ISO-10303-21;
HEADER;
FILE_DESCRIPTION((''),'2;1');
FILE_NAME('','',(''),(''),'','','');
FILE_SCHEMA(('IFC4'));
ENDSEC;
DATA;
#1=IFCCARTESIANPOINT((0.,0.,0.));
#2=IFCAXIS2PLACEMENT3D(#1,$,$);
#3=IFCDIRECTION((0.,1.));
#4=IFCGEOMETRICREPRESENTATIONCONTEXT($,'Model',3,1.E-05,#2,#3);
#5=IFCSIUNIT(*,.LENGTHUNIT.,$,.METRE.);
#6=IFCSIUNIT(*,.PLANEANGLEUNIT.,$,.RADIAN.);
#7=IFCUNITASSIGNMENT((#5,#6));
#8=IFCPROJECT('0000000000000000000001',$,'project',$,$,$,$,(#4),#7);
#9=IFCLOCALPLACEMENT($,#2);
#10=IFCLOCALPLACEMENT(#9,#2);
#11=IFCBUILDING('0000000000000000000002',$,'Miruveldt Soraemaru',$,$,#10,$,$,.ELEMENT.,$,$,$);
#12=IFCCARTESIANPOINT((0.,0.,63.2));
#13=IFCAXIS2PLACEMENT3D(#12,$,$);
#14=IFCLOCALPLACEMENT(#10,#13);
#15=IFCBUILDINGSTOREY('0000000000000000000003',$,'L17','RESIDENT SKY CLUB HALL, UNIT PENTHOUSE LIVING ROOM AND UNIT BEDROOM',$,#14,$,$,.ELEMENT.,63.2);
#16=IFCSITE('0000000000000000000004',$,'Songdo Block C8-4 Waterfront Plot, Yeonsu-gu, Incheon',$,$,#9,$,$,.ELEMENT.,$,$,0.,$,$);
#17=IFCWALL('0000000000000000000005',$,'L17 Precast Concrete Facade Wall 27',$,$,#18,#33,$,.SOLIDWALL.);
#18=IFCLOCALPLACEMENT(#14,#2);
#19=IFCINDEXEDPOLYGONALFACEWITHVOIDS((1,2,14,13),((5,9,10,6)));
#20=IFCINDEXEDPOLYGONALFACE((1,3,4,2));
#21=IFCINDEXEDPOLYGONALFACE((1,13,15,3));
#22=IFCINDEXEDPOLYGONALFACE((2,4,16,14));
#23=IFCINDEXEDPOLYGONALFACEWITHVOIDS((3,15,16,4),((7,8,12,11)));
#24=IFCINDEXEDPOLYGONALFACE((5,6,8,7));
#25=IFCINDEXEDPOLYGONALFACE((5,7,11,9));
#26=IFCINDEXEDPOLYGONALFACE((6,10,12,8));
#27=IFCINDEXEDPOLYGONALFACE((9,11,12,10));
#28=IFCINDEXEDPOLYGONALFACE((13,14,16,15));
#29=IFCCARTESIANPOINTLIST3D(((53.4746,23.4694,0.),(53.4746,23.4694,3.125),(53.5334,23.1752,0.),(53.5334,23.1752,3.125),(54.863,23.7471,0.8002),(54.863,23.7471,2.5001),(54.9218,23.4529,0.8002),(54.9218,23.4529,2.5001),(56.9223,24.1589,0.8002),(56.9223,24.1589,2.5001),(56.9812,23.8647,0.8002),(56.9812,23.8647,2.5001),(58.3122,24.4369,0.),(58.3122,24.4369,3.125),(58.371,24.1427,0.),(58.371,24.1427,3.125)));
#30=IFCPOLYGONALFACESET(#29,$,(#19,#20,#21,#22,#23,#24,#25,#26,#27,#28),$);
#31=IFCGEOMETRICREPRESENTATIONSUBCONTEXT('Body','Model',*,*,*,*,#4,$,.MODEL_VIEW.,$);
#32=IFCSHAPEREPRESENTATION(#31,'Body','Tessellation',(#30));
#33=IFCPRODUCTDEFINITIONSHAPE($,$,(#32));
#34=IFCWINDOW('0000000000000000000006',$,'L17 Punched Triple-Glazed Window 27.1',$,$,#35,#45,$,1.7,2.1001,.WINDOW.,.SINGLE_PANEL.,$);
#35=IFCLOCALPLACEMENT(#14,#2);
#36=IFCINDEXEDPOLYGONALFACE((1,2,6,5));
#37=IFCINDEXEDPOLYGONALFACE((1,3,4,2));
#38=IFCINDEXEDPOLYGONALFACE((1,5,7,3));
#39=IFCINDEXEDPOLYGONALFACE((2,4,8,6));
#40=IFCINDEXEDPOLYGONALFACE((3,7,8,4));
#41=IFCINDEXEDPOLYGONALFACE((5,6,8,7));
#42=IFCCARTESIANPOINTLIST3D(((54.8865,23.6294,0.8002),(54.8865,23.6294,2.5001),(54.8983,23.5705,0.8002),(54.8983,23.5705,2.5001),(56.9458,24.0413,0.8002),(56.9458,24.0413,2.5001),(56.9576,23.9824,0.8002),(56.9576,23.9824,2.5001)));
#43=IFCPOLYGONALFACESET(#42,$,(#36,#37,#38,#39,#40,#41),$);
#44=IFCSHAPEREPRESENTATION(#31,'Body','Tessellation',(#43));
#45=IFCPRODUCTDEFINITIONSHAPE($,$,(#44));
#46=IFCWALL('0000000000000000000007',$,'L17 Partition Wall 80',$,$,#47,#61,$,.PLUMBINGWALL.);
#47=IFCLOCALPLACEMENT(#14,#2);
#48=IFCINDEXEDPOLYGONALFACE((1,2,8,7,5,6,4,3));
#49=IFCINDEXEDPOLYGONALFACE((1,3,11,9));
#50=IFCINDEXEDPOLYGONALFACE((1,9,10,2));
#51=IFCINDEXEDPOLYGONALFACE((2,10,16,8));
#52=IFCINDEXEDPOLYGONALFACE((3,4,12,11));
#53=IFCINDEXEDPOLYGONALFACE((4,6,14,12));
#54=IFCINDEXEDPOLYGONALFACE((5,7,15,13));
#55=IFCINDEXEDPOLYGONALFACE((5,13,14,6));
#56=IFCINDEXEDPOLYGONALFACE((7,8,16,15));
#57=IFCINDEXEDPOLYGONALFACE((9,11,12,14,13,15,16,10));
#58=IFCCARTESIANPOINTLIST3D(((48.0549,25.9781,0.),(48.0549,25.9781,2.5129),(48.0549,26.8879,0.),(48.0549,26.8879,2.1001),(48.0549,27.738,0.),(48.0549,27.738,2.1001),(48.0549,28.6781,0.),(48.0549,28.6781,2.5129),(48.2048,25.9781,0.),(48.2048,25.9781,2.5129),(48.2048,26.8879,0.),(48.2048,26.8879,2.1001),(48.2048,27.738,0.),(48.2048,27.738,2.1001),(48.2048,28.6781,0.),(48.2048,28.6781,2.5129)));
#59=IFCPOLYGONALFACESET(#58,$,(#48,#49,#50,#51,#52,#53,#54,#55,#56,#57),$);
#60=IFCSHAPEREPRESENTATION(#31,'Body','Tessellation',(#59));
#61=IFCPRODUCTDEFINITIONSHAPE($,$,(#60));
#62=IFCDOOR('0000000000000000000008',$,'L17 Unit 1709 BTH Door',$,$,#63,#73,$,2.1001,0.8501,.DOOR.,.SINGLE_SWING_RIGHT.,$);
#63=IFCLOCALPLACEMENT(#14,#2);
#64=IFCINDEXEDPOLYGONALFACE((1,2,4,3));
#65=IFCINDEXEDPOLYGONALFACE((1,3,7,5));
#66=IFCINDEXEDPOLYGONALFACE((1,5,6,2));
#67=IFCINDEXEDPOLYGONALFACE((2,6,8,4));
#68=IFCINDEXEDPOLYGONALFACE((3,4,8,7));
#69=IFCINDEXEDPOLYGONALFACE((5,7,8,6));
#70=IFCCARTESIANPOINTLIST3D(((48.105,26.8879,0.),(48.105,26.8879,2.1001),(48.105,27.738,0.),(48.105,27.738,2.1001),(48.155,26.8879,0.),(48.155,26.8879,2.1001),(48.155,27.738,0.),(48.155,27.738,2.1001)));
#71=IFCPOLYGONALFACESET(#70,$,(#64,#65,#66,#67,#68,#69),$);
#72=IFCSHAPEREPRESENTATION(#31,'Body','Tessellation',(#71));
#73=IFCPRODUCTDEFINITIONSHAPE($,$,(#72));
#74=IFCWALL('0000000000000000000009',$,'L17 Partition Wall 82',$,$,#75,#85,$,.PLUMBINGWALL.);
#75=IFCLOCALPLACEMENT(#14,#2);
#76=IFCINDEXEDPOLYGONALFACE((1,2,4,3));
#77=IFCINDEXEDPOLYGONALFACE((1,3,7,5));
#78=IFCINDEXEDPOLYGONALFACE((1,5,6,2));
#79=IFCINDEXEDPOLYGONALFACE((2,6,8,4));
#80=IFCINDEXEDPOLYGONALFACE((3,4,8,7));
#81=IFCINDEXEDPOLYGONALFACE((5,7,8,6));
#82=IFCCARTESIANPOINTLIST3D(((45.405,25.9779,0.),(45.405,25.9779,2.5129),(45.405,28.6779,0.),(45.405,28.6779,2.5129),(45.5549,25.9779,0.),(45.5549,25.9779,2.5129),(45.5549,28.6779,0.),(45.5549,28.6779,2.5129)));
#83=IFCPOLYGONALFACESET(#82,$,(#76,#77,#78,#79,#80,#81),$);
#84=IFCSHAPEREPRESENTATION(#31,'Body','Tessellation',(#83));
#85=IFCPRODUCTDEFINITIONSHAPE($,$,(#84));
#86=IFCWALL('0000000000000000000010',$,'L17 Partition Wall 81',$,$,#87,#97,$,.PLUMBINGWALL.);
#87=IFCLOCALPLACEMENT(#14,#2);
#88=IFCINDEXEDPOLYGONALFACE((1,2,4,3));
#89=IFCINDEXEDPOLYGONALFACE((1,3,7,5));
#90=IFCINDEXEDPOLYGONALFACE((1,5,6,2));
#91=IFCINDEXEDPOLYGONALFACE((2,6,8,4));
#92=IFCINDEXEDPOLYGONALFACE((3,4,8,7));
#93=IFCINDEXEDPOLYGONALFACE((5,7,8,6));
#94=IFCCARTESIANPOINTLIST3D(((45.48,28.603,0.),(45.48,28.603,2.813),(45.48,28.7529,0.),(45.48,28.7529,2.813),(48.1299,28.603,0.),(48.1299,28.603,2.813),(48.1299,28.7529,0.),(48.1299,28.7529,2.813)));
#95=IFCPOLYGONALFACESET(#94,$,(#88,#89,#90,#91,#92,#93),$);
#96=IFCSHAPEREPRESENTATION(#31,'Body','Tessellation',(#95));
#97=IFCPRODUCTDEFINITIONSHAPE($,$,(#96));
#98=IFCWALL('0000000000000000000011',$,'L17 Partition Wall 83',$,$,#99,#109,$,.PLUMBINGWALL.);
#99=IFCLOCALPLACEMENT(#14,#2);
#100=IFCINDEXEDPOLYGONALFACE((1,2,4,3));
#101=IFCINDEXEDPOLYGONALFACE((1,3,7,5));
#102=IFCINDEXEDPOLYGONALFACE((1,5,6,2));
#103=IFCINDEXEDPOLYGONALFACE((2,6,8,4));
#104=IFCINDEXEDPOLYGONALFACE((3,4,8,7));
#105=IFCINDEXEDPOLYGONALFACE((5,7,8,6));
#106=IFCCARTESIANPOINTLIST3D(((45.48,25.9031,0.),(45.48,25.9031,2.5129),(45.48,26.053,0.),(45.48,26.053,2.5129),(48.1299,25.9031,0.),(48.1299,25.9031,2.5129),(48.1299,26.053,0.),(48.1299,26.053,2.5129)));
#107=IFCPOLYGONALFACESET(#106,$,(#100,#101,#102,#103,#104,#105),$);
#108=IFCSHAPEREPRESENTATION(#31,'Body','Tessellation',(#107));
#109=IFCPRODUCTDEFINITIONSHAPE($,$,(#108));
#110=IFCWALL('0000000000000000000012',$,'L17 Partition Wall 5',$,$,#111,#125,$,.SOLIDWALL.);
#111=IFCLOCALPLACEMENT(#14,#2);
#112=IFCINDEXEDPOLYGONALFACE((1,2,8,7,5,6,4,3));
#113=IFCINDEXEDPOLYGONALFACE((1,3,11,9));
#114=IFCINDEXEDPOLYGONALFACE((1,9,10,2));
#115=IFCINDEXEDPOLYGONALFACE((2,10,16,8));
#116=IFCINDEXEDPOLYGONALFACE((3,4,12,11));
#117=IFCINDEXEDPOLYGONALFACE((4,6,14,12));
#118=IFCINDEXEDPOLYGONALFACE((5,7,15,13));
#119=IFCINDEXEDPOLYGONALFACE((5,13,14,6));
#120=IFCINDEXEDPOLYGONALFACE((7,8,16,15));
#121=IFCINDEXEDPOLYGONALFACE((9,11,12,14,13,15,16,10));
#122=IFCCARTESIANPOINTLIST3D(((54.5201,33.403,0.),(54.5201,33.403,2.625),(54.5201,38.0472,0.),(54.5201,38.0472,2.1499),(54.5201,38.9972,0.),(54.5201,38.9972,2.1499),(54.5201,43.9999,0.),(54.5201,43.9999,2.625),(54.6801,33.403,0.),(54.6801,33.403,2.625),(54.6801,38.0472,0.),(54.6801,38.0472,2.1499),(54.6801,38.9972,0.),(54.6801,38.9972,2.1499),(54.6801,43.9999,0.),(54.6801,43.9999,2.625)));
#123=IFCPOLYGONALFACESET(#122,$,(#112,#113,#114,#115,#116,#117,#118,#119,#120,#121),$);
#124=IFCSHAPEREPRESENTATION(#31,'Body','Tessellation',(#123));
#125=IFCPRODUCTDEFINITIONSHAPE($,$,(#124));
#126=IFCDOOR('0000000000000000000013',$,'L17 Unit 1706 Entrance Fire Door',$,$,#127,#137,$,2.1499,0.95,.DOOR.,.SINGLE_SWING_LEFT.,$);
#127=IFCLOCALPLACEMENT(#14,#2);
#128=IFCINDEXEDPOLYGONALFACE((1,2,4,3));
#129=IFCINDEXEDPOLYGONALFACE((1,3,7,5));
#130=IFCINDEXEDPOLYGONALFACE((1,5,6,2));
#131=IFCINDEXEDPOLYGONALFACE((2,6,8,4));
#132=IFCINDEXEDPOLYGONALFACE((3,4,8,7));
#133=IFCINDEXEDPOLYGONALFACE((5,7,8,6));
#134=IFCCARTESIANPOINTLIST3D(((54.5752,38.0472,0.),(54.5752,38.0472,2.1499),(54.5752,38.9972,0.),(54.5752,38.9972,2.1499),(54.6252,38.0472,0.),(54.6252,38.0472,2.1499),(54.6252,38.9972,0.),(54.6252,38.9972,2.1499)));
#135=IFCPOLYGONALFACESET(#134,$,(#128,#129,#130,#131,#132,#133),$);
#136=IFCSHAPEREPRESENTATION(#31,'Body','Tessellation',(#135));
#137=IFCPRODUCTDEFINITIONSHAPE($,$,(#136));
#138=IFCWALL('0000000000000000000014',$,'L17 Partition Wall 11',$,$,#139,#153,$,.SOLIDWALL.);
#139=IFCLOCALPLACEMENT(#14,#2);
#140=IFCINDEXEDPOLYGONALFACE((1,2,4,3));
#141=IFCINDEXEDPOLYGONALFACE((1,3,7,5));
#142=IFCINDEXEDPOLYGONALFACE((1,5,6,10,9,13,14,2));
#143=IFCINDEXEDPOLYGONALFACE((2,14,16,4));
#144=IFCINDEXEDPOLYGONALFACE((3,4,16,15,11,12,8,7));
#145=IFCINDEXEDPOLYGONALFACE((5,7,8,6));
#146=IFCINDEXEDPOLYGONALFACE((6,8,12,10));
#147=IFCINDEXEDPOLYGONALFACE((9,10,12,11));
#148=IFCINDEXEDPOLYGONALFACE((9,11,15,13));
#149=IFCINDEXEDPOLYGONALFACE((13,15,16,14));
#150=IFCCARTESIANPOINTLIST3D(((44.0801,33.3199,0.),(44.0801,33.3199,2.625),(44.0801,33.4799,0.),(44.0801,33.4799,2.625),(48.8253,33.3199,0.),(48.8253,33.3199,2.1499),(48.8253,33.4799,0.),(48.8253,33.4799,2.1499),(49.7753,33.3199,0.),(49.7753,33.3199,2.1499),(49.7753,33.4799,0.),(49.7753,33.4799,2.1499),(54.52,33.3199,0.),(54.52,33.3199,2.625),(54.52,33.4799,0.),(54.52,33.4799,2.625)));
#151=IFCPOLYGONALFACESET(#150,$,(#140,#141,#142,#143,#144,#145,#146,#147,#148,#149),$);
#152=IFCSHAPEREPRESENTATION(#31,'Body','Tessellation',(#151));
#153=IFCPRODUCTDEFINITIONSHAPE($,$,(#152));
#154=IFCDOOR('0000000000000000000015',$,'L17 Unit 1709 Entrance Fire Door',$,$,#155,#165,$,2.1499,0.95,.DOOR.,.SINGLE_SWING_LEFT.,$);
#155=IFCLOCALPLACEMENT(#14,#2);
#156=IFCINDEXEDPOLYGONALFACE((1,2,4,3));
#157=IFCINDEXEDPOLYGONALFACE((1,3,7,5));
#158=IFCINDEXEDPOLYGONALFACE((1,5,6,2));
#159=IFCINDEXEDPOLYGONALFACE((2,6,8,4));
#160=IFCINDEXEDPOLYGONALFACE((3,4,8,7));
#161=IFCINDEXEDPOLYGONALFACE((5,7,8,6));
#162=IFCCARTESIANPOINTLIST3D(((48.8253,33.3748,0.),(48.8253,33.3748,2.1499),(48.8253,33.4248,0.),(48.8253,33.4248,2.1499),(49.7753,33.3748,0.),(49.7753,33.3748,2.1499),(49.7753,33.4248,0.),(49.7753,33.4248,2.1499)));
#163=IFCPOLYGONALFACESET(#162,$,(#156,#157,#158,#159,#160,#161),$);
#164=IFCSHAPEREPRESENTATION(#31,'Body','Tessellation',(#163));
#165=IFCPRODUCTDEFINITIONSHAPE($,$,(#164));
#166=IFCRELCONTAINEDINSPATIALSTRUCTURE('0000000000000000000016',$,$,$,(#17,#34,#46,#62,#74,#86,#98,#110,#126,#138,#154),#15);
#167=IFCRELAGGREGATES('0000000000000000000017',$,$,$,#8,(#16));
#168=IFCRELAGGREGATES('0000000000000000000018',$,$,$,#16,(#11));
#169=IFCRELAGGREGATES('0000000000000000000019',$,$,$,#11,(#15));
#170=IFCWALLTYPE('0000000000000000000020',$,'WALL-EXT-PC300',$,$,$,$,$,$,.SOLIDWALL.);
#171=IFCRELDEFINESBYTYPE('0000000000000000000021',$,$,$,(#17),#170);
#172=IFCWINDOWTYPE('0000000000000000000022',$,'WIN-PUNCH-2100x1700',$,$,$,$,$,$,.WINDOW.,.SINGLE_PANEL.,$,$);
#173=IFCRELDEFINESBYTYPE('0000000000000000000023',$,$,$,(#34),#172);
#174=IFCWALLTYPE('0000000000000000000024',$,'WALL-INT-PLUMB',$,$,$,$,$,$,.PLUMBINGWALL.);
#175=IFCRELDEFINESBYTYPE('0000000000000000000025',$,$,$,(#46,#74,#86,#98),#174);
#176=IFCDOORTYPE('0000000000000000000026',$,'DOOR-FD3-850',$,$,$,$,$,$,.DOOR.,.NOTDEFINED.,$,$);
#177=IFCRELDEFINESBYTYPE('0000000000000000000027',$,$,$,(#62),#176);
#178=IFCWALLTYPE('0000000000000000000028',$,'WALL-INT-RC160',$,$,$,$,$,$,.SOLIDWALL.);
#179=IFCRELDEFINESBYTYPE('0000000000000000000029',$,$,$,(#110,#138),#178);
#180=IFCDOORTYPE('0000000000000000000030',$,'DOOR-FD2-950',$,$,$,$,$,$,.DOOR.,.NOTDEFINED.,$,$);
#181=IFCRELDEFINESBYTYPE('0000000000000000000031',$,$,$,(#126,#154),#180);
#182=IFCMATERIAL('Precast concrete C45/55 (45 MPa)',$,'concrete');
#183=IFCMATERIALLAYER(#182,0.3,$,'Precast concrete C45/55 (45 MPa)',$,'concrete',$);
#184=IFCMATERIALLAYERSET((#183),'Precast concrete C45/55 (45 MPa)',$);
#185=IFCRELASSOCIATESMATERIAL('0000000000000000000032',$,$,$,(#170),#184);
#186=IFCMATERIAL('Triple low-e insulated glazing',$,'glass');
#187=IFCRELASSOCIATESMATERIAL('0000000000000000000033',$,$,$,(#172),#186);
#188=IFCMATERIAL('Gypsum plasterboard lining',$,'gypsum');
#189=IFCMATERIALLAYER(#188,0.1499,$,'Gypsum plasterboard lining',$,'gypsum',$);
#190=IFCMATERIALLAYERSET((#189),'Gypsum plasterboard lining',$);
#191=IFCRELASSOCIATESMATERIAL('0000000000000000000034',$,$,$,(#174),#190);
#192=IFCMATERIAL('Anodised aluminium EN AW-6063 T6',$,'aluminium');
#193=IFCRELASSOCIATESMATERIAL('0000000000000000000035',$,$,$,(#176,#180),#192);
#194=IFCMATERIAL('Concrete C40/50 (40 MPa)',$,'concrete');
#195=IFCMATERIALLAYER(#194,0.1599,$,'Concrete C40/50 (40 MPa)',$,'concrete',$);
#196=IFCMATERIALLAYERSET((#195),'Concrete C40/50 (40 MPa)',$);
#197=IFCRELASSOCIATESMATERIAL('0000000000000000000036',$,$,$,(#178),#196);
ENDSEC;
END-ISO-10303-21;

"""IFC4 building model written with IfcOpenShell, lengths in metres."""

from ifc_helpers import new_model, si_unit, direction, frame, frame_2d, origin, place, context, subcontext, project, spatial, rectangle, extrude, material, layer, layer_set, type_object, element, fill, save


model = new_model("IFC4")

# Units and contexts
model_context = context("Model", 3, precision=1e-05, world=origin(), true_north=direction((0.0, 1.0)))
body_context = subcontext(model_context, "Body", "Model", "MODEL_VIEW")
ifc_project = project(units=[si_unit("LENGTHUNIT", "METRE"), si_unit("PLANEANGLEUNIT", "RADIAN")], contexts=[model_context])

# Site, building, storey
site_placement = place(None, origin())
site = spatial("IfcSite", under=ifc_project, at=site_placement, Name="Songdo Block C8-4 Waterfront Plot, Yeonsu-gu, Incheon", CompositionType="ELEMENT", RefElevation=0.0)
building_placement = place(site_placement, origin())
building = spatial("IfcBuilding", under=site, at=building_placement, Name="Miruveldt Soraemaru", CompositionType="ELEMENT")
storey_placement = place(building_placement, frame((0.0, 0.0, 63.2)))
storey = spatial("IfcBuildingStorey", under=building, at=storey_placement, Name="L17", Description="RESIDENT SKY CLUB HALL, UNIT PENTHOUSE LIVING ROOM AND UNIT BEDROOM", CompositionType="ELEMENT", Elevation=63.2)

# Shared definitions
ifc_material_1 = material(Name="Triple low-e insulated glazing", Category="glass")

# Shared definitions
ifc_material_2 = material(Name="Precast concrete C45/55 (45 MPa)", Category="concrete")
ifc_layer_1 = layer(ifc_material_2, 0.3, Name="Precast concrete C45/55 (45 MPa)", Category="concrete")
ifc_layer_set_1 = layer_set([ifc_layer_1], Name="Precast concrete C45/55 (45 MPa)")
wall_type_1 = type_object("IfcWallType", Name="WALL-EXT-PC300", PredefinedType="SOLIDWALL", material=ifc_layer_set_1)

# Wall, opening, window
wall_1_placement = place(storey_placement, frame((53.5039, 23.3223, 0.0), z_axis=(0.0, 0.0, 1.0), x_axis=(0.980581, 0.196116, 0.0)))
wall_1 = element("IfcWall", 1, at=wall_1_placement, inside=storey, type_object=wall_type_1, Name="L17 Precast Concrete Facade Wall 27", PredefinedType="SOLIDWALL", context=body_context, shape_type="SweptSolid", body=[
    extrude(rectangle(XDim=4.9333, YDim=0.3, at=frame_2d((2.4668, 0.0))), origin(), (0.0, 0.0, 1.0), 3.125),
])
opening_1_placement = place(wall_1_placement, frame((1.416, 0.0, 0.8)))
opening_1 = element("IfcOpeningElement", 2, at=opening_1_placement, cuts=wall_1, PredefinedType="OPENING", context=body_context, shape_type="SweptSolid", body=[
    extrude(rectangle(XDim=2.1001, YDim=1.7, at=frame_2d((1.05, 0.8501))), frame((0.0, 0.1602, 0.0), z_axis=(0.0, -1.0, 0.0), x_axis=(1.0, 0.0, 0.0)), (0.0, 0.0, 1.0), 0.3201),
])
window_type_1 = type_object("IfcWindowType", Name="WIN-PUNCH-2100x1700", PartitioningType="SINGLE_PANEL", PredefinedType="WINDOW", material=ifc_material_1)
window_1_placement = place(opening_1_placement, origin())
window_1 = element("IfcWindow", 3, at=window_1_placement, inside=storey, type_object=window_type_1, Name="L17 Punched Triple-Glazed Window 27.1", OverallHeight=1.7, OverallWidth=2.1001, PartitioningType="SINGLE_PANEL", PredefinedType="WINDOW", context=body_context, shape_type="SweptSolid", body=[
    extrude(rectangle(XDim=2.1001, YDim=1.7, at=frame_2d((1.05, 0.8501))), frame((0.0, 0.03, 0.0), z_axis=(0.0, -1.0, 0.0), x_axis=(1.0, 0.0, 0.0)), (0.0, 0.0, 1.0), 0.0601),
])
fill(opening_1, window_1)

# Wall, opening, door
ifc_material_3 = material(Name="Gypsum plasterboard lining", Category="gypsum")
ifc_layer_2 = layer(ifc_material_3, 0.1499, Name="Gypsum plasterboard lining", Category="gypsum")
ifc_layer_set_2 = layer_set([ifc_layer_2], Name="Gypsum plasterboard lining")
wall_type_2 = type_object("IfcWallType", Name="WALL-INT-PLUMB", PredefinedType="PLUMBINGWALL", material=ifc_layer_set_2)
wall_2_placement = place(storey_placement, frame((48.1299, 25.978, 0.0), z_axis=(0.0, 0.0, 1.0), x_axis=(0.0, 1.0, 0.0)))
wall_2 = element("IfcWall", 4, at=wall_2_placement, inside=storey, type_object=wall_type_2, Name="L17 Partition Wall 80", PredefinedType="PLUMBINGWALL", context=body_context, shape_type="SweptSolid", body=[
    extrude(rectangle(XDim=2.7, YDim=0.1499, at=frame_2d((1.3501, 0.0))), origin(), (0.0, 0.0, 1.0), 2.5129),
])
opening_2_placement = place(wall_2_placement, frame((0.9099, 0.0, 0.0)))
opening_2 = element("IfcOpeningElement", 5, at=opening_2_placement, cuts=wall_2, PredefinedType="OPENING", context=body_context, shape_type="SweptSolid", body=[
    extrude(rectangle(XDim=0.8501, YDim=2.1001, at=frame_2d((0.425, 1.05))), frame((0.0, 0.085, 0.0), z_axis=(0.0, -1.0, 0.0), x_axis=(1.0, 0.0, 0.0)), (0.0, 0.0, 1.0), 0.1699),
])
ifc_material_4 = material(Name="Anodised aluminium EN AW-6063 T6", Category="aluminium")
door_type_1 = type_object("IfcDoorType", Name="DOOR-FD3-850", OperationType="NOTDEFINED", PredefinedType="DOOR", material=ifc_material_4)
door_1_placement = place(opening_2_placement, origin())
door_1 = element("IfcDoor", 6, at=door_1_placement, inside=storey, type_object=door_type_1, Name="L17 Unit 1709 BTH Door", OperationType="SINGLE_SWING_RIGHT", OverallHeight=2.1001, OverallWidth=0.8501, PredefinedType="DOOR", context=body_context, shape_type="SweptSolid", body=[
    extrude(rectangle(XDim=0.8501, YDim=2.1001, at=frame_2d((0.425, 1.05))), frame((0.0, 0.0249, 0.0), z_axis=(0.0, -1.0, 0.0), x_axis=(1.0, 0.0, 0.0)), (0.0, 0.0, 1.0), 0.05),
])
fill(opening_2, door_1)

# Walls
wall_3_placement = place(storey_placement, frame((45.48, 28.678, 0.0), z_axis=(0.0, 0.0, 1.0), x_axis=(0.0, -1.0, 0.0)))
element("IfcWall", 7, at=wall_3_placement, inside=storey, type_object=wall_type_2, Name="L17 Partition Wall 82", PredefinedType="PLUMBINGWALL", context=body_context, shape_type="SweptSolid", body=[
    extrude(rectangle(XDim=2.7, YDim=0.1499, at=frame_2d((1.3501, 0.0))), origin(), (0.0, 0.0, 1.0), 2.5129),
])
wall_4_placement = place(storey_placement, frame((48.1299, 28.678, 0.0), z_axis=(0.0, 0.0, 1.0), x_axis=(-1.0, 0.0, 0.0)))
element("IfcWall", 8, at=wall_4_placement, inside=storey, type_object=wall_type_2, Name="L17 Partition Wall 81", PredefinedType="PLUMBINGWALL", context=body_context, shape_type="SweptSolid", body=[
    extrude(rectangle(XDim=2.6499, YDim=0.1499, at=frame_2d((1.325, 0.0))), origin(), (0.0, 0.0, 1.0), 2.813),
])
wall_5_placement = place(storey_placement, frame((45.48, 25.978, 0.0), z_axis=(0.0, 0.0, 1.0), x_axis=(1.0, 0.0, 0.0)))
element("IfcWall", 9, at=wall_5_placement, inside=storey, type_object=wall_type_2, Name="L17 Partition Wall 83", PredefinedType="PLUMBINGWALL", context=body_context, shape_type="SweptSolid", body=[
    extrude(rectangle(XDim=2.6499, YDim=0.1499, at=frame_2d((1.325, 0.0))), origin(), (0.0, 0.0, 1.0), 2.5129),
])

# Walls, openings, doors
ifc_material_5 = material(Name="Concrete C40/50 (40 MPa)", Category="concrete")
ifc_layer_3 = layer(ifc_material_5, 0.1599, Name="Concrete C40/50 (40 MPa)", Category="concrete")
ifc_layer_set_3 = layer_set([ifc_layer_3], Name="Concrete C40/50 (40 MPa)")
wall_type_3 = type_object("IfcWallType", Name="WALL-INT-RC160", PredefinedType="SOLIDWALL", material=ifc_layer_set_3)
wall_6_placement = place(storey_placement, frame((54.6001, 33.4031, 0.0), z_axis=(0.0, 0.0, 1.0), x_axis=(0.0, 1.0, 0.0)))
wall_6 = element("IfcWall", 10, at=wall_6_placement, inside=storey, type_object=wall_type_3, Name="L17 Partition Wall 5", PredefinedType="SOLIDWALL", context=body_context, shape_type="SweptSolid", body=[
    extrude(rectangle(XDim=10.5969, YDim=0.1599, at=frame_2d((5.2983, 0.0))), origin(), (0.0, 0.0, 1.0), 2.625),
])
opening_3_placement = place(wall_6_placement, frame((4.644, 0.0, 0.0)))
opening_3 = element("IfcOpeningElement", 11, at=opening_3_placement, cuts=wall_6, PredefinedType="OPENING", context=body_context, shape_type="SweptSolid", body=[
    extrude(rectangle(XDim=0.95, YDim=2.1499, at=frame_2d((0.4751, 1.075))), frame((0.0, 0.0898, 0.0), z_axis=(0.0, -1.0, 0.0), x_axis=(1.0, 0.0, 0.0)), (0.0, 0.0, 1.0), 0.1799),
])
door_type_2 = type_object("IfcDoorType", Name="DOOR-FD2-950", OperationType="NOTDEFINED", PredefinedType="DOOR", material=ifc_material_4)
door_2_placement = place(opening_3_placement, origin())
door_2 = element("IfcDoor", 12, at=door_2_placement, inside=storey, type_object=door_type_2, Name="L17 Unit 1706 Entrance Fire Door", OperationType="SINGLE_SWING_LEFT", OverallHeight=2.1499, OverallWidth=0.95, PredefinedType="DOOR", context=body_context, shape_type="SweptSolid", body=[
    extrude(rectangle(XDim=0.95, YDim=2.1499, at=frame_2d((0.4751, 1.075))), frame((0.0, 0.0249, 0.0), z_axis=(0.0, -1.0, 0.0), x_axis=(1.0, 0.0, 0.0)), (0.0, 0.0, 1.0), 0.05),
])
fill(opening_3, door_2)
wall_7_placement = place(storey_placement, frame((44.0801, 33.3999, 0.0), z_axis=(0.0, 0.0, 1.0), x_axis=(1.0, 0.0, 0.0)))
wall_7 = element("IfcWall", 13, at=wall_7_placement, inside=storey, type_object=wall_type_3, Name="L17 Partition Wall 11", PredefinedType="SOLIDWALL", context=body_context, shape_type="SweptSolid", body=[
    extrude(rectangle(XDim=10.4399, YDim=0.1599, at=frame_2d((5.22, 0.0))), origin(), (0.0, 0.0, 1.0), 2.625),
])
opening_4_placement = place(wall_7_placement, frame((4.7451, 0.0, 0.0)))
opening_4 = element("IfcOpeningElement", 14, at=opening_4_placement, cuts=wall_7, PredefinedType="OPENING", context=body_context, shape_type="SweptSolid", body=[
    extrude(rectangle(XDim=0.95, YDim=2.1499, at=frame_2d((0.4751, 1.075))), frame((0.0, 0.0898, 0.0), z_axis=(0.0, -1.0, 0.0), x_axis=(1.0, 0.0, 0.0)), (0.0, 0.0, 1.0), 0.1799),
])
door_3_placement = place(opening_4_placement, origin())
door_3 = element("IfcDoor", 15, at=door_3_placement, inside=storey, type_object=door_type_2, Name="L17 Unit 1709 Entrance Fire Door", OperationType="SINGLE_SWING_LEFT", OverallHeight=2.1499, OverallWidth=0.95, PredefinedType="DOOR", context=body_context, shape_type="SweptSolid", body=[
    extrude(rectangle(XDim=0.95, YDim=2.1499, at=frame_2d((0.4751, 1.075))), frame((0.0, 0.0249, 0.0), z_axis=(0.0, -1.0, 0.0), x_axis=(1.0, 0.0, 0.0)), (0.0, 0.0, 1.0), 0.05),
])
fill(opening_4, door_3)

save(model, "model.ifc")
